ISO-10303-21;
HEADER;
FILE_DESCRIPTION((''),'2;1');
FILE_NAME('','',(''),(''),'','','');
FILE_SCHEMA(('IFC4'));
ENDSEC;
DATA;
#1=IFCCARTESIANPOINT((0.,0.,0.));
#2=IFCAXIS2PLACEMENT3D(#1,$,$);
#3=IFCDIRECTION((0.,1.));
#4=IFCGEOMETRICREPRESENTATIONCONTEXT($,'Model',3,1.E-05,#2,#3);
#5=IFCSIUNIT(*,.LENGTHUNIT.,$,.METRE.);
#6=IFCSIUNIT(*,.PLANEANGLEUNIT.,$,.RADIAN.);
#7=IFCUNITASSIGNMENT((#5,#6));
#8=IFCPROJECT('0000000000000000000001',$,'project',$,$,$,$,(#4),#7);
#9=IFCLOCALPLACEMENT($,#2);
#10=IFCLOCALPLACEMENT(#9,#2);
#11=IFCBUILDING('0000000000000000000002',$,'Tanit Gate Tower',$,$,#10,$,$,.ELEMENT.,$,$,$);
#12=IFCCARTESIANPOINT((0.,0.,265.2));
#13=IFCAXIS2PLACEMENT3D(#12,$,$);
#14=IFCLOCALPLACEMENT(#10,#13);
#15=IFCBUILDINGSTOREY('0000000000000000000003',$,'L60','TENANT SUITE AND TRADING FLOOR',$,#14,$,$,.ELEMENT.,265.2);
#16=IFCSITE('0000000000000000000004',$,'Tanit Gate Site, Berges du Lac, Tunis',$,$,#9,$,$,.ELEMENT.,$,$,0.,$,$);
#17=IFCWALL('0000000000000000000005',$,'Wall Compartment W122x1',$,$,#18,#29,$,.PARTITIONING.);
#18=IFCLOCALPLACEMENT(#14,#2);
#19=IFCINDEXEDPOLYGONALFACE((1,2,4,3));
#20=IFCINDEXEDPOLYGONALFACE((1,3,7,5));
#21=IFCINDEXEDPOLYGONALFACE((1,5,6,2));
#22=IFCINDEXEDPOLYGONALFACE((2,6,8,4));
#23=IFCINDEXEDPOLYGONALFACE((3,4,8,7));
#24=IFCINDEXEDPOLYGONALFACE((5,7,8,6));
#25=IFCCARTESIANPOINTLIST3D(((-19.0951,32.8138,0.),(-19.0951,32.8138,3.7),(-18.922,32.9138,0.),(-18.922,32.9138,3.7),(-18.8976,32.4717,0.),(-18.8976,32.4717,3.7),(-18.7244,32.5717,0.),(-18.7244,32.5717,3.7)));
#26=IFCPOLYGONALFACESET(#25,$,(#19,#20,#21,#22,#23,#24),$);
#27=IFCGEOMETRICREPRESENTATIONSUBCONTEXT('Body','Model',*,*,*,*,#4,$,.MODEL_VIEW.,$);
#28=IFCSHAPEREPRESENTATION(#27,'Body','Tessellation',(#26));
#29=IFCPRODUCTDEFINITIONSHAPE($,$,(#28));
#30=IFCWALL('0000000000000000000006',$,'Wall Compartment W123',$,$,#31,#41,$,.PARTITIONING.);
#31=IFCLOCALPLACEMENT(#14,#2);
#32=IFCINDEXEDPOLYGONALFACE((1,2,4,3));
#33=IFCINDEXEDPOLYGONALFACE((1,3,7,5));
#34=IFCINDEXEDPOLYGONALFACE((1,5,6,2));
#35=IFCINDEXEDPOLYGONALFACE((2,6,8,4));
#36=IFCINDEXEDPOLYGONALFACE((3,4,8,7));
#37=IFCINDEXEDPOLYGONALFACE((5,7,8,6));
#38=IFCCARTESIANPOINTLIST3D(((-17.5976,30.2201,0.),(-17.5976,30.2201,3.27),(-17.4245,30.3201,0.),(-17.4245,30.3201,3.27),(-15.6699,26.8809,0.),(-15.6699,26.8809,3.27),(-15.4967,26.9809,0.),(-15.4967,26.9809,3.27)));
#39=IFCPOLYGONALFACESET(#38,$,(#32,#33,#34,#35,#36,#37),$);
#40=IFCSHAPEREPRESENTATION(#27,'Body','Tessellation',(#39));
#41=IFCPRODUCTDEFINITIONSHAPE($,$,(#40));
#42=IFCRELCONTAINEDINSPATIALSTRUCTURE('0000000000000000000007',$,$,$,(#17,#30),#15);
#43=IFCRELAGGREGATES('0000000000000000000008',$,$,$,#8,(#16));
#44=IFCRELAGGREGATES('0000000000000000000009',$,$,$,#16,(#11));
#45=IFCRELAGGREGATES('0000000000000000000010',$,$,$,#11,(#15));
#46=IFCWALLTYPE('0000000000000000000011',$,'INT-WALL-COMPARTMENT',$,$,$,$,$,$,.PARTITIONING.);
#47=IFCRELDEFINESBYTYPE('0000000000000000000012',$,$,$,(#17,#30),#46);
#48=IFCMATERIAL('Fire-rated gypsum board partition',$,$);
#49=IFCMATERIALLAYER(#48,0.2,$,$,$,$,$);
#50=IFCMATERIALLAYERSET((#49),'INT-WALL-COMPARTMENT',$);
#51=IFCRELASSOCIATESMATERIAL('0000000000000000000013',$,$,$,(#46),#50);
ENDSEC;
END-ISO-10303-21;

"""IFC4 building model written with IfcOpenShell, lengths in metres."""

from ifc_helpers import new_model, si_unit, direction, frame, frame_2d, origin, place, context, subcontext, project, spatial, rectangle, extrude, material, layer, layer_set, type_object, element, save


model = new_model("IFC4")

# Units and contexts
model_context = context("Model", 3, precision=1e-05, world=origin(), true_north=direction((0.0, 1.0)))
body_context = subcontext(model_context, "Body", "Model", "MODEL_VIEW")
ifc_project = project(units=[si_unit("LENGTHUNIT", "METRE"), si_unit("PLANEANGLEUNIT", "RADIAN")], contexts=[model_context])

# Site, building, storey
site_placement = place(None, origin())
site = spatial("IfcSite", under=ifc_project, at=site_placement, Name="Tanit Gate Site, Berges du Lac, Tunis", CompositionType="ELEMENT", RefElevation=0.0)
building_placement = place(site_placement, origin())
building = spatial("IfcBuilding", under=site, at=building_placement, Name="Tanit Gate Tower", CompositionType="ELEMENT")
storey_placement = place(building_placement, frame((0.0, 0.0, 265.2)))
storey = spatial("IfcBuildingStorey", under=building, at=storey_placement, Name="L60", Description="TENANT SUITE AND TRADING FLOOR", CompositionType="ELEMENT", Elevation=265.2)

# Shared definitions
ifc_material_1 = material(Name="Fire-rated gypsum board partition")
ifc_layer_1 = layer(ifc_material_1, 0.2)
ifc_layer_set_1 = layer_set([ifc_layer_1], Name="INT-WALL-COMPARTMENT")
wall_type_1 = type_object("IfcWallType", Name="INT-WALL-COMPARTMENT", PredefinedType="PARTITIONING", material=ifc_layer_set_1)

# Walls
wall_1_placement = place(storey_placement, frame((-19.0085, 32.8638, 0.0), z_axis=(0.0, 0.0, 1.0), x_axis=(0.500061, -0.86599, 0.0)))
element("IfcWall", 1, at=wall_1_placement, inside=storey, type_object=wall_type_1, Name="Wall Compartment W122x1", PredefinedType="PARTITIONING", context=body_context, shape_type="SweptSolid", body=[
    extrude(rectangle(XDim=0.395, YDim=0.2, at=frame_2d((0.1975, 0.0))), origin(), (0.0, 0.0, 1.0), 3.7),
])
wall_2_placement = place(storey_placement, frame((-17.511, 30.27, 0.0), z_axis=(0.0, 0.0, 1.0), x_axis=(0.49998, -0.866037, 0.0)))
element("IfcWall", 2, at=wall_2_placement, inside=storey, type_object=wall_type_1, Name="Wall Compartment W123", PredefinedType="PARTITIONING", context=body_context, shape_type="SweptSolid", body=[
    extrude(rectangle(XDim=3.8557, YDim=0.2, at=frame_2d((1.9277, 0.0))), origin(), (0.0, 0.0, 1.0), 3.27),
])

save(model, "model.ifc")
